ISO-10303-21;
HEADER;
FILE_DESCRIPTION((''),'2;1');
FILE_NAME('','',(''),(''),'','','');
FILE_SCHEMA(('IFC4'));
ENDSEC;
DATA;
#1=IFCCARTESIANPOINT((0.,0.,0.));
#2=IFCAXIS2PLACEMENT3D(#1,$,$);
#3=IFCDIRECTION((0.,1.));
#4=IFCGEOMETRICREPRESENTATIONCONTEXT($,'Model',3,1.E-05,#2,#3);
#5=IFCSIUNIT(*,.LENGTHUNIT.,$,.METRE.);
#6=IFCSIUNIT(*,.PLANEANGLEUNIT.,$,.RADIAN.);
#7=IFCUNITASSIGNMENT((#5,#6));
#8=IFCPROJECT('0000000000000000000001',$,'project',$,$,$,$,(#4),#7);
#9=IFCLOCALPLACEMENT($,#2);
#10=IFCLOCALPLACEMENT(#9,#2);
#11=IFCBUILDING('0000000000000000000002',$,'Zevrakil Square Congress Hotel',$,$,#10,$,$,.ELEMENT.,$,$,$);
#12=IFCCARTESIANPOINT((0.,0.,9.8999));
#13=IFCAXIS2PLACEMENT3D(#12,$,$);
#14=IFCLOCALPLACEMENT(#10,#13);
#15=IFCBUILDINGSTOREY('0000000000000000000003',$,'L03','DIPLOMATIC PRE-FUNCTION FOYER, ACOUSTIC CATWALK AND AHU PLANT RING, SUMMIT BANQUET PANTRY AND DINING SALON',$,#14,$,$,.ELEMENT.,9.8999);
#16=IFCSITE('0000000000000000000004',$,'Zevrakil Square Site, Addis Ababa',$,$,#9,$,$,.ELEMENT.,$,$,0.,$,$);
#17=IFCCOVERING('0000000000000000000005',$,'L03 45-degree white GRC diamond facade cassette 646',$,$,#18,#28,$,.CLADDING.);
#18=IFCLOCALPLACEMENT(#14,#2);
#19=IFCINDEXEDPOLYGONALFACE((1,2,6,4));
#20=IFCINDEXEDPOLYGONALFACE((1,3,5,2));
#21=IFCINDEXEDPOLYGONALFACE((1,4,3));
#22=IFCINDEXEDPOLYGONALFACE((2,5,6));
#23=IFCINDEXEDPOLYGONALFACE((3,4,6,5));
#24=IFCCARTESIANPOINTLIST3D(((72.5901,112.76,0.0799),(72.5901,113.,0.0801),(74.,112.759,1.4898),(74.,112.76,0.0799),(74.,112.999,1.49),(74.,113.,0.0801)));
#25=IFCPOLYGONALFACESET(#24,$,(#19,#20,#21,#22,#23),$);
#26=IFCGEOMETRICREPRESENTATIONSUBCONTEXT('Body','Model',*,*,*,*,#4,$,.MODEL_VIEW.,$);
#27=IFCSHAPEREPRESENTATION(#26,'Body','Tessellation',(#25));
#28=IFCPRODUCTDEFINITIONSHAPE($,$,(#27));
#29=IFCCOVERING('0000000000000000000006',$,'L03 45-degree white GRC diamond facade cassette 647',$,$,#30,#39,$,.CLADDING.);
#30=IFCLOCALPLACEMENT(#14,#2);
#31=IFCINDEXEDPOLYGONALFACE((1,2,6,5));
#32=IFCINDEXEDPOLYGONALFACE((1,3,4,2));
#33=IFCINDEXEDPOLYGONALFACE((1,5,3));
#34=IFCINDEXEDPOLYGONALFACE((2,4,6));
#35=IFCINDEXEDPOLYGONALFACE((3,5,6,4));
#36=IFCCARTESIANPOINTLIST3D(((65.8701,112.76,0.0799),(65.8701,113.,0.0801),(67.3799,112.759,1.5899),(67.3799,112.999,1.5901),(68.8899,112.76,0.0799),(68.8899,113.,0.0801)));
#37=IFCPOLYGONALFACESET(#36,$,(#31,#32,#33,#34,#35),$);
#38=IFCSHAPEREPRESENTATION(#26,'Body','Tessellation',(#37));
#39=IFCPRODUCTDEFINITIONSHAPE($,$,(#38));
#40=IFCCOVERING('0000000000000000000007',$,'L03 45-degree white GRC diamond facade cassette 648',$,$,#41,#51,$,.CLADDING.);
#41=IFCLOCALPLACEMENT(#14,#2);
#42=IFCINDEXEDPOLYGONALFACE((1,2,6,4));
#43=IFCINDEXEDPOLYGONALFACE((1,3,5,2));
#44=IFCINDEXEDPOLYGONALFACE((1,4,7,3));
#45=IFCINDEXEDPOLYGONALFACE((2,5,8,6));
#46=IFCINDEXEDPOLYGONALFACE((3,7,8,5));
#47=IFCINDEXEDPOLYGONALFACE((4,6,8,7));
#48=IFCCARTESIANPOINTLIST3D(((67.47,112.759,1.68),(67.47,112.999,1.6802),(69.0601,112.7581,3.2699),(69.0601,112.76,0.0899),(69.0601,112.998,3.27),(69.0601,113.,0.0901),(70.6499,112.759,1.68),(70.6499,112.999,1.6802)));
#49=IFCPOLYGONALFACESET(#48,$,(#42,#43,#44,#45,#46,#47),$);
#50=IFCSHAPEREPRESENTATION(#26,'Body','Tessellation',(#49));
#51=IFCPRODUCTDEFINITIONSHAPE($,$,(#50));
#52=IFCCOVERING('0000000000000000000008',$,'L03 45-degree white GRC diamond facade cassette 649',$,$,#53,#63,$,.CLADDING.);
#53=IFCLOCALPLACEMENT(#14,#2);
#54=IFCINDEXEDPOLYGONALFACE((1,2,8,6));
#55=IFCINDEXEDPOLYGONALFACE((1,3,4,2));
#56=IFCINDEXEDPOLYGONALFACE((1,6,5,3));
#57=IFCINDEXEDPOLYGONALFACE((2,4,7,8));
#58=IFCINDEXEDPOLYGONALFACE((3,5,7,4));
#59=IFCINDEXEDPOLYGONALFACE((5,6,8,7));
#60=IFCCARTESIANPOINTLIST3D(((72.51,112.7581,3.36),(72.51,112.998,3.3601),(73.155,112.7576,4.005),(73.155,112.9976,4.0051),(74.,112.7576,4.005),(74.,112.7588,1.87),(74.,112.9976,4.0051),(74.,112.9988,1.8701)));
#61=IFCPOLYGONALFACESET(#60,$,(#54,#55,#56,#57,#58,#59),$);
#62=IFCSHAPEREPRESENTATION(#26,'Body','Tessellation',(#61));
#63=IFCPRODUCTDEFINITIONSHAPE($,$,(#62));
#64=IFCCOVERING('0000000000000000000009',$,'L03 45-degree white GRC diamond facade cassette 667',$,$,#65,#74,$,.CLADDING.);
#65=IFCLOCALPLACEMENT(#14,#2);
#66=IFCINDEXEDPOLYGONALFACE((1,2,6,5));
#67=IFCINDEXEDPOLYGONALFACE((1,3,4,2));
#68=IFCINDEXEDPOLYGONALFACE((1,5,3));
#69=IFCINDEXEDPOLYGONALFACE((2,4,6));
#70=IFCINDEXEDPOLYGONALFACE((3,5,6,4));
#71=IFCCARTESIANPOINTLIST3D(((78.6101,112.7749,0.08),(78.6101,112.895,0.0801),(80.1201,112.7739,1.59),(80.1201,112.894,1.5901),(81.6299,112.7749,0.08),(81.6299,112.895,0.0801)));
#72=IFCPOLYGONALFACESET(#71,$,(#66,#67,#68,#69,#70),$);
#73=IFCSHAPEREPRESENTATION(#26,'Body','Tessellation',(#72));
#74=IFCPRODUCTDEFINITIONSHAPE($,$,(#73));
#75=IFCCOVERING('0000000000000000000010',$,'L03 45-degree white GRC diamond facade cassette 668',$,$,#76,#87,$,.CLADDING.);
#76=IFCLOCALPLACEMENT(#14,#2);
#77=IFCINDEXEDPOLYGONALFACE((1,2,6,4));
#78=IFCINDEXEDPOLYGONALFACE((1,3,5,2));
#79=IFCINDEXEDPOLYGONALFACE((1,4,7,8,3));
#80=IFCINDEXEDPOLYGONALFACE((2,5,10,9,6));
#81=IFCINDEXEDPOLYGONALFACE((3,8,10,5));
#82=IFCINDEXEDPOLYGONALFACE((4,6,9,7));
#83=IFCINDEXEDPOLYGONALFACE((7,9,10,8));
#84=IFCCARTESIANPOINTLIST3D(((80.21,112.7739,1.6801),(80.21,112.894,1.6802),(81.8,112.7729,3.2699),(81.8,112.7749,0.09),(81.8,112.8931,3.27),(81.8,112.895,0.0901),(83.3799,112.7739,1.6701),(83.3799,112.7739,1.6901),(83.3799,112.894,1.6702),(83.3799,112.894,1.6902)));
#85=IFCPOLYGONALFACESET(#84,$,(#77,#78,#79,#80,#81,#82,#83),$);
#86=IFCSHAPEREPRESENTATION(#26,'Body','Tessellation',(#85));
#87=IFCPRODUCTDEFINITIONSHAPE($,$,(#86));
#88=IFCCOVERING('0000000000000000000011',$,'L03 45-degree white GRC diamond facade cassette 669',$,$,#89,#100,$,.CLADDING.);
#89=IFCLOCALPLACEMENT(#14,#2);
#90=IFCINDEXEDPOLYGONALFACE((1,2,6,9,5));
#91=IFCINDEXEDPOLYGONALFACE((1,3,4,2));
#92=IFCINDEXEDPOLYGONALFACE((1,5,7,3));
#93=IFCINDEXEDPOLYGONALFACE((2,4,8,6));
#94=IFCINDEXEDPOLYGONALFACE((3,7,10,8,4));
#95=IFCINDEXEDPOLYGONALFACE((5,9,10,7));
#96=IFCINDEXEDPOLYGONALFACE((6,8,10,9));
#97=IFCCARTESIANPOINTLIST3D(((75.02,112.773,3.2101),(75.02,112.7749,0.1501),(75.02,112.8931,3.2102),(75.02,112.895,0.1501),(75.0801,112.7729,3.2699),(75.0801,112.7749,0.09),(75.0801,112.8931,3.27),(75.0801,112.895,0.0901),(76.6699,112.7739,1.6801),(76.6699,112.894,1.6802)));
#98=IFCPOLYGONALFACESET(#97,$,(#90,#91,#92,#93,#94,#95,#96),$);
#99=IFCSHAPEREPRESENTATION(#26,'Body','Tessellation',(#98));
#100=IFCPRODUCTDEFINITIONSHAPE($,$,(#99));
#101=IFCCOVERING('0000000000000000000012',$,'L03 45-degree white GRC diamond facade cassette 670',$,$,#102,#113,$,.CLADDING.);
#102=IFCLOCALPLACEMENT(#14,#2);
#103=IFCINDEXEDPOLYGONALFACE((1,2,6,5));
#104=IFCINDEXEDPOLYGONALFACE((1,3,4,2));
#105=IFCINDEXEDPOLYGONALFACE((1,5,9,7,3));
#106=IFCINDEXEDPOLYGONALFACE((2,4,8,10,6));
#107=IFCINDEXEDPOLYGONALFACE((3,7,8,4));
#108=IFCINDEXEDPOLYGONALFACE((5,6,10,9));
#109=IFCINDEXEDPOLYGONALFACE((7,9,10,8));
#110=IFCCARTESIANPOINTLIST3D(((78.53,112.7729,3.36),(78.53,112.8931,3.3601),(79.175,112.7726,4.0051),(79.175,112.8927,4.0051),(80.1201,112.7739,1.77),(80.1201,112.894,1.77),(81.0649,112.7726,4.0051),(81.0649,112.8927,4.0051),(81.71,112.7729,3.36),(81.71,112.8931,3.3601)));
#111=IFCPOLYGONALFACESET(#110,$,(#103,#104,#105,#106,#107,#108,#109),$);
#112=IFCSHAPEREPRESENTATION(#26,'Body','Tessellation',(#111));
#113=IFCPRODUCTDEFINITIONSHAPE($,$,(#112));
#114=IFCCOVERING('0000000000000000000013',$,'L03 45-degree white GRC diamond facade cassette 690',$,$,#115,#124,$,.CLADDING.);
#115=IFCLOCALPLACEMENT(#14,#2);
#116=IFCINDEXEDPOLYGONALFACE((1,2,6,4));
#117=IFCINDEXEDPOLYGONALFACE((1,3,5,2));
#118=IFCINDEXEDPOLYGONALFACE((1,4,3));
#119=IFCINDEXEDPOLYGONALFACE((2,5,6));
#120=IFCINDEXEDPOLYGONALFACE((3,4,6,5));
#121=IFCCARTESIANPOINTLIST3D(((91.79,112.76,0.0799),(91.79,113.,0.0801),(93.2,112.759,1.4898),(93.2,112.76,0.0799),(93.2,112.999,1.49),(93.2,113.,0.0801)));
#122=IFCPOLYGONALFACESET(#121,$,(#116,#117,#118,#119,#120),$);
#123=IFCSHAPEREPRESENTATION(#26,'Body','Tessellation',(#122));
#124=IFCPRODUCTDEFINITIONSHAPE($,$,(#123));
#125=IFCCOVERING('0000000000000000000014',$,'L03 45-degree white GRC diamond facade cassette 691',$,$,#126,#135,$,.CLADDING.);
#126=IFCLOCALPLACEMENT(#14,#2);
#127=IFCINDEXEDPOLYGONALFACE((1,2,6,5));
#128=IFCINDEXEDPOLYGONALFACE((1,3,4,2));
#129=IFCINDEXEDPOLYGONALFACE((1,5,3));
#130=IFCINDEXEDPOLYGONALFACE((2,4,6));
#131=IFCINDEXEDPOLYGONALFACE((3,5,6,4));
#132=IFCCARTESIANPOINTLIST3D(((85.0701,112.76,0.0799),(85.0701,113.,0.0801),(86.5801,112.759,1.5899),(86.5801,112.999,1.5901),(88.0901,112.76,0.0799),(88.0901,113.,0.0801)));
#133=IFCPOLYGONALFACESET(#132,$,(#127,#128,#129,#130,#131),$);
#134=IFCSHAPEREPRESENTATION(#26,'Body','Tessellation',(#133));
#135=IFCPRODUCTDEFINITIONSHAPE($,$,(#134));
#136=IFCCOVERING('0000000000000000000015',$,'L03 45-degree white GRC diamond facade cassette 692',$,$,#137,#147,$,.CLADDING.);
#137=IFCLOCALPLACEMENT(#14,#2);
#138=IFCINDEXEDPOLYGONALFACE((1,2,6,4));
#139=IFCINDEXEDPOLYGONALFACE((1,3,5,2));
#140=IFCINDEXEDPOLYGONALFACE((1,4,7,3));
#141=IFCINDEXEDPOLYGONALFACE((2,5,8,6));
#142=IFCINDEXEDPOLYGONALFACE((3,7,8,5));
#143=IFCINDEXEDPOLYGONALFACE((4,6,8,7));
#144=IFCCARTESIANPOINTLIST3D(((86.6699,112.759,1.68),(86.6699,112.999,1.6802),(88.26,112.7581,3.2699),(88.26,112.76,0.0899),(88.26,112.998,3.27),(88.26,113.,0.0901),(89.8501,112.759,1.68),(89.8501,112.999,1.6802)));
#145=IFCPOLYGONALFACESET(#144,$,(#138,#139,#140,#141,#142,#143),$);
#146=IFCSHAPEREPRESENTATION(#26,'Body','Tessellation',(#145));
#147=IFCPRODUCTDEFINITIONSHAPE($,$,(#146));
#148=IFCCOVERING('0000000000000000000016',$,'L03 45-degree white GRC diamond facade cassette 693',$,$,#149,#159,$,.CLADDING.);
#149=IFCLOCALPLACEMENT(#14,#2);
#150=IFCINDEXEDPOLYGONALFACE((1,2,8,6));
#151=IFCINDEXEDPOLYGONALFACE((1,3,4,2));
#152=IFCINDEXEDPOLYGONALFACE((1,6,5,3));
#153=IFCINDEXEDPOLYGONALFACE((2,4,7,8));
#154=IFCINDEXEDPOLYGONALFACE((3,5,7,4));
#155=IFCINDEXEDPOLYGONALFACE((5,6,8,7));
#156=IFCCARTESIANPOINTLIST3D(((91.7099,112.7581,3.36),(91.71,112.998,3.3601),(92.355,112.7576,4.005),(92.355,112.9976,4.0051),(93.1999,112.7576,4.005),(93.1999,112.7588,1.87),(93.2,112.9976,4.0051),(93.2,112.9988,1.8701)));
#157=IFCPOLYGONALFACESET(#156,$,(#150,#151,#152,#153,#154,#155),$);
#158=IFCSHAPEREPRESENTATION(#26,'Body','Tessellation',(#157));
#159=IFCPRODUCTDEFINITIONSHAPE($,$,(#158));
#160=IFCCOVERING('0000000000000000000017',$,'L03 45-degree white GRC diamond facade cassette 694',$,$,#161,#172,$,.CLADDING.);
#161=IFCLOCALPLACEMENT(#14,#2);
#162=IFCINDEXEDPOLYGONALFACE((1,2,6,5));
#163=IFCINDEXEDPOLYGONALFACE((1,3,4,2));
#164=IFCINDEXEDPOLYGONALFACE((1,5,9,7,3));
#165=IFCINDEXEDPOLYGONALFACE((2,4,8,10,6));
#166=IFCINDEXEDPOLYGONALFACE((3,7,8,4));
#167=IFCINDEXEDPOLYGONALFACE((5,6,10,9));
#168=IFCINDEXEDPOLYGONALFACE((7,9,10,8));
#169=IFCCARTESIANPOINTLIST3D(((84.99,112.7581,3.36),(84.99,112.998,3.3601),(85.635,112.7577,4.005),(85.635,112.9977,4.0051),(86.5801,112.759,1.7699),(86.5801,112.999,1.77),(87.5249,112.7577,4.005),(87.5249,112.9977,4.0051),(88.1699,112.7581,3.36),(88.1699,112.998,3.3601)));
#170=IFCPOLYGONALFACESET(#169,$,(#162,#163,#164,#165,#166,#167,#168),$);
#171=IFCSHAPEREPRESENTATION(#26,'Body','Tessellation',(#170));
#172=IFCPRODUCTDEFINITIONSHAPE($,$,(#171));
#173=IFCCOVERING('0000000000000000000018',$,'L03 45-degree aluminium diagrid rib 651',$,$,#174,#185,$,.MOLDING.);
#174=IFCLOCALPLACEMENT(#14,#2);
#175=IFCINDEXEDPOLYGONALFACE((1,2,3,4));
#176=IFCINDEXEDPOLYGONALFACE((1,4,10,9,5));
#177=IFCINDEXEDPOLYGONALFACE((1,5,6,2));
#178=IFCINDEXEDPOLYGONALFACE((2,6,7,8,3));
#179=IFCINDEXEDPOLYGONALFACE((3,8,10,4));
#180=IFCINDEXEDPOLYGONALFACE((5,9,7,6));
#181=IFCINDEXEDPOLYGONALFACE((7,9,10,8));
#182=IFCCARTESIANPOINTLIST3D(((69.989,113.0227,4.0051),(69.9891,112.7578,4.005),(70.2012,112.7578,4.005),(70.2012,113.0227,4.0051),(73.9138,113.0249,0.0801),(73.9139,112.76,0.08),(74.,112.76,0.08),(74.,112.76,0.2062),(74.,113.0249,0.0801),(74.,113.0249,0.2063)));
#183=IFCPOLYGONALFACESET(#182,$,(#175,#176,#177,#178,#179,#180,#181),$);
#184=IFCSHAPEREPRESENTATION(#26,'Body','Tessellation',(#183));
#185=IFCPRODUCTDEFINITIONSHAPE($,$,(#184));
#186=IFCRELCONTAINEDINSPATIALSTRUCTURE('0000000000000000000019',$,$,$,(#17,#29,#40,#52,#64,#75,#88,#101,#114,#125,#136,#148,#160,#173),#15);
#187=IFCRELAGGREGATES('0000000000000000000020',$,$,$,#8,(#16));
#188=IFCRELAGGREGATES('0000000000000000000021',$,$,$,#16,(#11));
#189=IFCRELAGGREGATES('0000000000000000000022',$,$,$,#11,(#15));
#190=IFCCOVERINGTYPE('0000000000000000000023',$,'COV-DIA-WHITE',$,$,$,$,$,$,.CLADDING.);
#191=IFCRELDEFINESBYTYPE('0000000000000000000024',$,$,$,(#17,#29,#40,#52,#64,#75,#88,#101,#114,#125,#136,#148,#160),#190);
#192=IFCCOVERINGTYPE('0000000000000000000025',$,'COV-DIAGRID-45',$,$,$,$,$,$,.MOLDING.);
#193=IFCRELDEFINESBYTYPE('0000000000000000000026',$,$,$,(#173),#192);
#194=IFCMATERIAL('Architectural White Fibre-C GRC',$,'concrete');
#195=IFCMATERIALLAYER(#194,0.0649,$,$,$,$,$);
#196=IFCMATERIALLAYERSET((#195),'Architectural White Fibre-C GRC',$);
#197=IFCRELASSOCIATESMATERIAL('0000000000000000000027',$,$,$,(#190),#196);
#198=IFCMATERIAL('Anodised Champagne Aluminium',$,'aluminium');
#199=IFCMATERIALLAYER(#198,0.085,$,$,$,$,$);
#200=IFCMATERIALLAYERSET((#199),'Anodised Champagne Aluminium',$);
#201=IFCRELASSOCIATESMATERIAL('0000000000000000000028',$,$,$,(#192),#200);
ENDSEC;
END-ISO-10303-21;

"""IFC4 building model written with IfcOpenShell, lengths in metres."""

from ifc_helpers import new_model, si_unit, direction, frame, origin, place, context, subcontext, project, spatial, polyline, outline, extrude, material, layer, layer_set, type_object, element, save


model = new_model("IFC4")

# Units and contexts
model_context = context("Model", 3, precision=1e-05, world=origin(), true_north=direction((0.0, 1.0)))
body_context = subcontext(model_context, "Body", "Model", "MODEL_VIEW")
ifc_project = project(units=[si_unit("LENGTHUNIT", "METRE"), si_unit("PLANEANGLEUNIT", "RADIAN")], contexts=[model_context])

# Site, building, storey
site_placement = place(None, origin())
site = spatial("IfcSite", under=ifc_project, at=site_placement, Name="Zevrakil Square Site, Addis Ababa", CompositionType="ELEMENT", RefElevation=0.0)
building_placement = place(site_placement, origin())
building = spatial("IfcBuilding", under=site, at=building_placement, Name="Zevrakil Square Congress Hotel", CompositionType="ELEMENT")
storey_placement = place(building_placement, frame((0.0, 0.0, 9.8999)))
storey = spatial("IfcBuildingStorey", under=building, at=storey_placement, Name="L03", Description="DIPLOMATIC PRE-FUNCTION FOYER, ACOUSTIC CATWALK AND AHU PLANT RING, SUMMIT BANQUET PANTRY AND DINING SALON", CompositionType="ELEMENT", Elevation=9.8999)

# Coverings
ifc_material_1 = material(Name="Architectural White Fibre-C GRC", Category="concrete")
ifc_layer_1 = layer(ifc_material_1, 0.0649)
ifc_layer_set_1 = layer_set([ifc_layer_1], Name="Architectural White Fibre-C GRC")
covering_type_1 = type_object("IfcCoveringType", Name="COV-DIA-WHITE", PredefinedType="CLADDING", material=ifc_layer_set_1)
covering_1_placement = place(storey_placement, frame((72.5901, 113.0, 0.0801), z_axis=(0.0, 1.0, 0.000693), x_axis=(1.0, 0.0, 0.0)))
element("IfcCovering", 1, at=covering_1_placement, inside=storey, type_object=covering_type_1, Name="L03 45-degree white GRC diamond facade cassette 646", PredefinedType="CLADDING", context=body_context, shape_type="SweptSolid", body=[
    extrude(outline(polyline([(0.0, 0.0), (1.4099, 0.0), (1.4099, -1.4099), (0.0, 0.0)])), origin(), (0.0, 0.0, -1.0), 0.24),
])
covering_2_placement = place(storey_placement, frame((67.3799, 112.999, 1.5901), z_axis=(0.0, 1.0, 0.000647), x_axis=(-0.70705, 0.000457, -0.707164)))
element("IfcCovering", 2, at=covering_2_placement, inside=storey, type_object=covering_type_1, Name="L03 45-degree white GRC diamond facade cassette 647", PredefinedType="CLADDING", context=body_context, shape_type="SweptSolid", body=[
    extrude(outline(polyline([(0.0, 0.0), (2.1353, 0.0), (0.0002, -2.1355), (0.0, 0.0)])), origin(), (0.0, 0.0, -1.0), 0.24),
])
covering_3_placement = place(storey_placement, frame((69.0601, 112.998, 3.27), z_axis=(0.0, 1.0, 0.000614), x_axis=(-0.707161, 0.000434, -0.707052)))
element("IfcCovering", 3, at=covering_3_placement, inside=storey, type_object=covering_type_1, Name="L03 45-degree white GRC diamond facade cassette 648", PredefinedType="CLADDING", context=body_context, shape_type="SweptSolid", body=[
    extrude(outline(polyline([(0.0, 0.0), (2.2486, 0.0), (2.2484, -2.2487), (-0.0002, -2.2484), (0.0, 0.0)])), origin(), (0.0, 0.0, -1.0), 0.24),
])
covering_4_placement = place(storey_placement, frame((72.51, 112.998, 3.3601), z_axis=(0.000068, 1.0, 0.000599), x_axis=(0.707107, 0.000375, -0.707107)))
element("IfcCovering", 4, at=covering_4_placement, inside=storey, type_object=covering_type_1, Name="L03 45-degree white GRC diamond facade cassette 649", PredefinedType="CLADDING", context=body_context, shape_type="SweptSolid", body=[
    extrude(outline(polyline([(0.0, 0.0), (2.1072, 0.0), (0.5975, -1.5097), (0.0, -0.9122), (0.0, 0.0)])), origin(), (0.0, 0.0, -1.0), 0.24),
])
covering_5_placement = place(storey_placement, frame((80.1201, 112.894, 1.5901), z_axis=(0.0, 1.0, 0.000647), x_axis=(-0.707107, 0.000457, -0.707107)))
element("IfcCovering", 5, at=covering_5_placement, inside=storey, type_object=covering_type_1, Name="L03 45-degree white GRC diamond facade cassette 667", PredefinedType="CLADDING", context=body_context, shape_type="SweptSolid", body=[
    extrude(outline(polyline([(0.0, 0.0), (2.1355, 0.0), (0.0002, -2.1353), (0.0, 0.0)])), origin(), (0.0, 0.0, -1.0), 0.1201),
])
covering_6_placement = place(storey_placement, frame((81.8, 112.8931, 3.27), z_axis=(0.0, 1.0, 0.000612), x_axis=(-0.707161, 0.000433, -0.707052)))
element("IfcCovering", 6, at=covering_6_placement, inside=storey, type_object=covering_type_1, Name="L03 45-degree white GRC diamond facade cassette 668", PredefinedType="CLADDING", context=body_context, shape_type="SweptSolid", body=[
    extrude(outline(polyline([(0.0, 0.0), (2.2486, 0.0), (2.2484, -2.2487), (0.014, -2.2484), (-0.0002, -2.2342), (0.0, 0.0)])), origin(), (0.0, 0.0, -1.0), 0.1201),
])
covering_7_placement = place(storey_placement, frame((75.0801, 112.895, 0.0901), z_axis=(0.0, 1.0, 0.000615), x_axis=(0.707052, -0.000435, 0.707161)))
element("IfcCovering", 7, at=covering_7_placement, inside=storey, type_object=covering_type_1, Name="L03 45-degree white GRC diamond facade cassette 669", PredefinedType="CLADDING", context=body_context, shape_type="SweptSolid", body=[
    extrude(outline(polyline([(0.0, 0.0), (2.2486, 0.0), (2.2487, -2.2484), (2.164, -2.2486), (0.0, -0.0849), (0.0, 0.0)])), origin(), (0.0, 0.0, -1.0), 0.1201),
])
covering_8_placement = place(storey_placement, frame((78.53, 112.8931, 3.3601), z_axis=(0.0, 1.0, 0.000577), x_axis=(0.707107, 0.000408, -0.707107)))
element("IfcCovering", 8, at=covering_8_placement, inside=storey, type_object=covering_type_1, Name="L03 45-degree white GRC diamond facade cassette 670", PredefinedType="CLADDING", context=body_context, shape_type="SweptSolid", body=[
    extrude(outline(polyline([(0.0, 0.0), (2.2487, 0.0), (2.2486, -2.2486), (1.3364, -2.2486), (0.0, -0.9122), (0.0, 0.0)])), origin(), (0.0, 0.0, -1.0), 0.1201),
])
covering_9_placement = place(storey_placement, frame((91.79, 113.0, 0.0801), z_axis=(0.0, 1.0, 0.000693), x_axis=(1.0, 0.0, 0.0)))
element("IfcCovering", 9, at=covering_9_placement, inside=storey, type_object=covering_type_1, Name="L03 45-degree white GRC diamond facade cassette 690", PredefinedType="CLADDING", context=body_context, shape_type="SweptSolid", body=[
    extrude(outline(polyline([(0.0, 0.0), (1.4099, 0.0), (1.4099, -1.4099), (0.0, 0.0)])), origin(), (0.0, 0.0, -1.0), 0.24),
])
covering_10_placement = place(storey_placement, frame((86.5801, 112.999, 1.5901), z_axis=(0.0, 1.0, 0.000647), x_axis=(-0.707107, 0.000457, -0.707107)))
element("IfcCovering", 10, at=covering_10_placement, inside=storey, type_object=covering_type_1, Name="L03 45-degree white GRC diamond facade cassette 691", PredefinedType="CLADDING", context=body_context, shape_type="SweptSolid", body=[
    extrude(outline(polyline([(0.0, 0.0), (2.1355, 0.0), (0.0, -2.1355), (0.0, 0.0)])), origin(), (0.0, 0.0, -1.0), 0.24),
])
covering_11_placement = place(storey_placement, frame((88.26, 112.998, 3.27), z_axis=(0.0, 1.0, 0.000614), x_axis=(-0.707161, 0.000434, -0.707052)))
element("IfcCovering", 11, at=covering_11_placement, inside=storey, type_object=covering_type_1, Name="L03 45-degree white GRC diamond facade cassette 692", PredefinedType="CLADDING", context=body_context, shape_type="SweptSolid", body=[
    extrude(outline(polyline([(0.0, 0.0), (2.2486, 0.0), (2.2484, -2.2487), (-0.0003, -2.2486), (0.0, 0.0)])), origin(), (0.0, 0.0, -1.0), 0.24),
])
covering_12_placement = place(storey_placement, frame((91.71, 112.998, 3.3601), z_axis=(0.000068, 1.0, 0.000599), x_axis=(0.707107, 0.000375, -0.707107)))
element("IfcCovering", 12, at=covering_12_placement, inside=storey, type_object=covering_type_1, Name="L03 45-degree white GRC diamond facade cassette 693", PredefinedType="CLADDING", context=body_context, shape_type="SweptSolid", body=[
    extrude(outline(polyline([(0.0, 0.0), (2.1072, 0.0), (0.5975, -1.5097), (0.0, -0.9122), (0.0, 0.0)])), origin(), (0.0, 0.0, -1.0), 0.24),
])
covering_13_placement = place(storey_placement, frame((84.99, 112.998, 3.3601), z_axis=(0.0, 1.0, 0.000577), x_axis=(0.707107, 0.000408, -0.707107)))
element("IfcCovering", 13, at=covering_13_placement, inside=storey, type_object=covering_type_1, Name="L03 45-degree white GRC diamond facade cassette 694", PredefinedType="CLADDING", context=body_context, shape_type="SweptSolid", body=[
    extrude(outline(polyline([(0.0, 0.0), (2.2487, 0.0), (2.2486, -2.2486), (1.3364, -2.2486), (0.0, -0.9122), (0.0, 0.0)])), origin(), (0.0, 0.0, -1.0), 0.24),
])
ifc_material_2 = material(Name="Anodised Champagne Aluminium", Category="aluminium")
ifc_layer_2 = layer(ifc_material_2, 0.085)
ifc_layer_set_2 = layer_set([ifc_layer_2], Name="Anodised Champagne Aluminium")
covering_type_2 = type_object("IfcCoveringType", Name="COV-DIAGRID-45", PredefinedType="MOLDING", material=ifc_layer_set_2)
covering_14_placement = place(storey_placement, frame((73.9138, 113.0249, 0.0801), z_axis=(-0.000168, 1.0, 0.000397), x_axis=(1.0, 0.000168, 0.0)))
element("IfcCovering", 14, at=covering_14_placement, inside=storey, type_object=covering_type_2, Name="L03 45-degree aluminium diagrid rib 651", PredefinedType="MOLDING", context=body_context, shape_type="SweptSolid", body=[
    extrude(outline(polyline([(0.0, 0.0), (0.0862, 0.0), (0.0862, -0.1262), (-3.7126, -3.925), (-3.9248, -3.925), (0.0, 0.0)])), origin(), (0.0, 0.0, -1.0), 0.2649),
])

save(model, "model.ifc")
